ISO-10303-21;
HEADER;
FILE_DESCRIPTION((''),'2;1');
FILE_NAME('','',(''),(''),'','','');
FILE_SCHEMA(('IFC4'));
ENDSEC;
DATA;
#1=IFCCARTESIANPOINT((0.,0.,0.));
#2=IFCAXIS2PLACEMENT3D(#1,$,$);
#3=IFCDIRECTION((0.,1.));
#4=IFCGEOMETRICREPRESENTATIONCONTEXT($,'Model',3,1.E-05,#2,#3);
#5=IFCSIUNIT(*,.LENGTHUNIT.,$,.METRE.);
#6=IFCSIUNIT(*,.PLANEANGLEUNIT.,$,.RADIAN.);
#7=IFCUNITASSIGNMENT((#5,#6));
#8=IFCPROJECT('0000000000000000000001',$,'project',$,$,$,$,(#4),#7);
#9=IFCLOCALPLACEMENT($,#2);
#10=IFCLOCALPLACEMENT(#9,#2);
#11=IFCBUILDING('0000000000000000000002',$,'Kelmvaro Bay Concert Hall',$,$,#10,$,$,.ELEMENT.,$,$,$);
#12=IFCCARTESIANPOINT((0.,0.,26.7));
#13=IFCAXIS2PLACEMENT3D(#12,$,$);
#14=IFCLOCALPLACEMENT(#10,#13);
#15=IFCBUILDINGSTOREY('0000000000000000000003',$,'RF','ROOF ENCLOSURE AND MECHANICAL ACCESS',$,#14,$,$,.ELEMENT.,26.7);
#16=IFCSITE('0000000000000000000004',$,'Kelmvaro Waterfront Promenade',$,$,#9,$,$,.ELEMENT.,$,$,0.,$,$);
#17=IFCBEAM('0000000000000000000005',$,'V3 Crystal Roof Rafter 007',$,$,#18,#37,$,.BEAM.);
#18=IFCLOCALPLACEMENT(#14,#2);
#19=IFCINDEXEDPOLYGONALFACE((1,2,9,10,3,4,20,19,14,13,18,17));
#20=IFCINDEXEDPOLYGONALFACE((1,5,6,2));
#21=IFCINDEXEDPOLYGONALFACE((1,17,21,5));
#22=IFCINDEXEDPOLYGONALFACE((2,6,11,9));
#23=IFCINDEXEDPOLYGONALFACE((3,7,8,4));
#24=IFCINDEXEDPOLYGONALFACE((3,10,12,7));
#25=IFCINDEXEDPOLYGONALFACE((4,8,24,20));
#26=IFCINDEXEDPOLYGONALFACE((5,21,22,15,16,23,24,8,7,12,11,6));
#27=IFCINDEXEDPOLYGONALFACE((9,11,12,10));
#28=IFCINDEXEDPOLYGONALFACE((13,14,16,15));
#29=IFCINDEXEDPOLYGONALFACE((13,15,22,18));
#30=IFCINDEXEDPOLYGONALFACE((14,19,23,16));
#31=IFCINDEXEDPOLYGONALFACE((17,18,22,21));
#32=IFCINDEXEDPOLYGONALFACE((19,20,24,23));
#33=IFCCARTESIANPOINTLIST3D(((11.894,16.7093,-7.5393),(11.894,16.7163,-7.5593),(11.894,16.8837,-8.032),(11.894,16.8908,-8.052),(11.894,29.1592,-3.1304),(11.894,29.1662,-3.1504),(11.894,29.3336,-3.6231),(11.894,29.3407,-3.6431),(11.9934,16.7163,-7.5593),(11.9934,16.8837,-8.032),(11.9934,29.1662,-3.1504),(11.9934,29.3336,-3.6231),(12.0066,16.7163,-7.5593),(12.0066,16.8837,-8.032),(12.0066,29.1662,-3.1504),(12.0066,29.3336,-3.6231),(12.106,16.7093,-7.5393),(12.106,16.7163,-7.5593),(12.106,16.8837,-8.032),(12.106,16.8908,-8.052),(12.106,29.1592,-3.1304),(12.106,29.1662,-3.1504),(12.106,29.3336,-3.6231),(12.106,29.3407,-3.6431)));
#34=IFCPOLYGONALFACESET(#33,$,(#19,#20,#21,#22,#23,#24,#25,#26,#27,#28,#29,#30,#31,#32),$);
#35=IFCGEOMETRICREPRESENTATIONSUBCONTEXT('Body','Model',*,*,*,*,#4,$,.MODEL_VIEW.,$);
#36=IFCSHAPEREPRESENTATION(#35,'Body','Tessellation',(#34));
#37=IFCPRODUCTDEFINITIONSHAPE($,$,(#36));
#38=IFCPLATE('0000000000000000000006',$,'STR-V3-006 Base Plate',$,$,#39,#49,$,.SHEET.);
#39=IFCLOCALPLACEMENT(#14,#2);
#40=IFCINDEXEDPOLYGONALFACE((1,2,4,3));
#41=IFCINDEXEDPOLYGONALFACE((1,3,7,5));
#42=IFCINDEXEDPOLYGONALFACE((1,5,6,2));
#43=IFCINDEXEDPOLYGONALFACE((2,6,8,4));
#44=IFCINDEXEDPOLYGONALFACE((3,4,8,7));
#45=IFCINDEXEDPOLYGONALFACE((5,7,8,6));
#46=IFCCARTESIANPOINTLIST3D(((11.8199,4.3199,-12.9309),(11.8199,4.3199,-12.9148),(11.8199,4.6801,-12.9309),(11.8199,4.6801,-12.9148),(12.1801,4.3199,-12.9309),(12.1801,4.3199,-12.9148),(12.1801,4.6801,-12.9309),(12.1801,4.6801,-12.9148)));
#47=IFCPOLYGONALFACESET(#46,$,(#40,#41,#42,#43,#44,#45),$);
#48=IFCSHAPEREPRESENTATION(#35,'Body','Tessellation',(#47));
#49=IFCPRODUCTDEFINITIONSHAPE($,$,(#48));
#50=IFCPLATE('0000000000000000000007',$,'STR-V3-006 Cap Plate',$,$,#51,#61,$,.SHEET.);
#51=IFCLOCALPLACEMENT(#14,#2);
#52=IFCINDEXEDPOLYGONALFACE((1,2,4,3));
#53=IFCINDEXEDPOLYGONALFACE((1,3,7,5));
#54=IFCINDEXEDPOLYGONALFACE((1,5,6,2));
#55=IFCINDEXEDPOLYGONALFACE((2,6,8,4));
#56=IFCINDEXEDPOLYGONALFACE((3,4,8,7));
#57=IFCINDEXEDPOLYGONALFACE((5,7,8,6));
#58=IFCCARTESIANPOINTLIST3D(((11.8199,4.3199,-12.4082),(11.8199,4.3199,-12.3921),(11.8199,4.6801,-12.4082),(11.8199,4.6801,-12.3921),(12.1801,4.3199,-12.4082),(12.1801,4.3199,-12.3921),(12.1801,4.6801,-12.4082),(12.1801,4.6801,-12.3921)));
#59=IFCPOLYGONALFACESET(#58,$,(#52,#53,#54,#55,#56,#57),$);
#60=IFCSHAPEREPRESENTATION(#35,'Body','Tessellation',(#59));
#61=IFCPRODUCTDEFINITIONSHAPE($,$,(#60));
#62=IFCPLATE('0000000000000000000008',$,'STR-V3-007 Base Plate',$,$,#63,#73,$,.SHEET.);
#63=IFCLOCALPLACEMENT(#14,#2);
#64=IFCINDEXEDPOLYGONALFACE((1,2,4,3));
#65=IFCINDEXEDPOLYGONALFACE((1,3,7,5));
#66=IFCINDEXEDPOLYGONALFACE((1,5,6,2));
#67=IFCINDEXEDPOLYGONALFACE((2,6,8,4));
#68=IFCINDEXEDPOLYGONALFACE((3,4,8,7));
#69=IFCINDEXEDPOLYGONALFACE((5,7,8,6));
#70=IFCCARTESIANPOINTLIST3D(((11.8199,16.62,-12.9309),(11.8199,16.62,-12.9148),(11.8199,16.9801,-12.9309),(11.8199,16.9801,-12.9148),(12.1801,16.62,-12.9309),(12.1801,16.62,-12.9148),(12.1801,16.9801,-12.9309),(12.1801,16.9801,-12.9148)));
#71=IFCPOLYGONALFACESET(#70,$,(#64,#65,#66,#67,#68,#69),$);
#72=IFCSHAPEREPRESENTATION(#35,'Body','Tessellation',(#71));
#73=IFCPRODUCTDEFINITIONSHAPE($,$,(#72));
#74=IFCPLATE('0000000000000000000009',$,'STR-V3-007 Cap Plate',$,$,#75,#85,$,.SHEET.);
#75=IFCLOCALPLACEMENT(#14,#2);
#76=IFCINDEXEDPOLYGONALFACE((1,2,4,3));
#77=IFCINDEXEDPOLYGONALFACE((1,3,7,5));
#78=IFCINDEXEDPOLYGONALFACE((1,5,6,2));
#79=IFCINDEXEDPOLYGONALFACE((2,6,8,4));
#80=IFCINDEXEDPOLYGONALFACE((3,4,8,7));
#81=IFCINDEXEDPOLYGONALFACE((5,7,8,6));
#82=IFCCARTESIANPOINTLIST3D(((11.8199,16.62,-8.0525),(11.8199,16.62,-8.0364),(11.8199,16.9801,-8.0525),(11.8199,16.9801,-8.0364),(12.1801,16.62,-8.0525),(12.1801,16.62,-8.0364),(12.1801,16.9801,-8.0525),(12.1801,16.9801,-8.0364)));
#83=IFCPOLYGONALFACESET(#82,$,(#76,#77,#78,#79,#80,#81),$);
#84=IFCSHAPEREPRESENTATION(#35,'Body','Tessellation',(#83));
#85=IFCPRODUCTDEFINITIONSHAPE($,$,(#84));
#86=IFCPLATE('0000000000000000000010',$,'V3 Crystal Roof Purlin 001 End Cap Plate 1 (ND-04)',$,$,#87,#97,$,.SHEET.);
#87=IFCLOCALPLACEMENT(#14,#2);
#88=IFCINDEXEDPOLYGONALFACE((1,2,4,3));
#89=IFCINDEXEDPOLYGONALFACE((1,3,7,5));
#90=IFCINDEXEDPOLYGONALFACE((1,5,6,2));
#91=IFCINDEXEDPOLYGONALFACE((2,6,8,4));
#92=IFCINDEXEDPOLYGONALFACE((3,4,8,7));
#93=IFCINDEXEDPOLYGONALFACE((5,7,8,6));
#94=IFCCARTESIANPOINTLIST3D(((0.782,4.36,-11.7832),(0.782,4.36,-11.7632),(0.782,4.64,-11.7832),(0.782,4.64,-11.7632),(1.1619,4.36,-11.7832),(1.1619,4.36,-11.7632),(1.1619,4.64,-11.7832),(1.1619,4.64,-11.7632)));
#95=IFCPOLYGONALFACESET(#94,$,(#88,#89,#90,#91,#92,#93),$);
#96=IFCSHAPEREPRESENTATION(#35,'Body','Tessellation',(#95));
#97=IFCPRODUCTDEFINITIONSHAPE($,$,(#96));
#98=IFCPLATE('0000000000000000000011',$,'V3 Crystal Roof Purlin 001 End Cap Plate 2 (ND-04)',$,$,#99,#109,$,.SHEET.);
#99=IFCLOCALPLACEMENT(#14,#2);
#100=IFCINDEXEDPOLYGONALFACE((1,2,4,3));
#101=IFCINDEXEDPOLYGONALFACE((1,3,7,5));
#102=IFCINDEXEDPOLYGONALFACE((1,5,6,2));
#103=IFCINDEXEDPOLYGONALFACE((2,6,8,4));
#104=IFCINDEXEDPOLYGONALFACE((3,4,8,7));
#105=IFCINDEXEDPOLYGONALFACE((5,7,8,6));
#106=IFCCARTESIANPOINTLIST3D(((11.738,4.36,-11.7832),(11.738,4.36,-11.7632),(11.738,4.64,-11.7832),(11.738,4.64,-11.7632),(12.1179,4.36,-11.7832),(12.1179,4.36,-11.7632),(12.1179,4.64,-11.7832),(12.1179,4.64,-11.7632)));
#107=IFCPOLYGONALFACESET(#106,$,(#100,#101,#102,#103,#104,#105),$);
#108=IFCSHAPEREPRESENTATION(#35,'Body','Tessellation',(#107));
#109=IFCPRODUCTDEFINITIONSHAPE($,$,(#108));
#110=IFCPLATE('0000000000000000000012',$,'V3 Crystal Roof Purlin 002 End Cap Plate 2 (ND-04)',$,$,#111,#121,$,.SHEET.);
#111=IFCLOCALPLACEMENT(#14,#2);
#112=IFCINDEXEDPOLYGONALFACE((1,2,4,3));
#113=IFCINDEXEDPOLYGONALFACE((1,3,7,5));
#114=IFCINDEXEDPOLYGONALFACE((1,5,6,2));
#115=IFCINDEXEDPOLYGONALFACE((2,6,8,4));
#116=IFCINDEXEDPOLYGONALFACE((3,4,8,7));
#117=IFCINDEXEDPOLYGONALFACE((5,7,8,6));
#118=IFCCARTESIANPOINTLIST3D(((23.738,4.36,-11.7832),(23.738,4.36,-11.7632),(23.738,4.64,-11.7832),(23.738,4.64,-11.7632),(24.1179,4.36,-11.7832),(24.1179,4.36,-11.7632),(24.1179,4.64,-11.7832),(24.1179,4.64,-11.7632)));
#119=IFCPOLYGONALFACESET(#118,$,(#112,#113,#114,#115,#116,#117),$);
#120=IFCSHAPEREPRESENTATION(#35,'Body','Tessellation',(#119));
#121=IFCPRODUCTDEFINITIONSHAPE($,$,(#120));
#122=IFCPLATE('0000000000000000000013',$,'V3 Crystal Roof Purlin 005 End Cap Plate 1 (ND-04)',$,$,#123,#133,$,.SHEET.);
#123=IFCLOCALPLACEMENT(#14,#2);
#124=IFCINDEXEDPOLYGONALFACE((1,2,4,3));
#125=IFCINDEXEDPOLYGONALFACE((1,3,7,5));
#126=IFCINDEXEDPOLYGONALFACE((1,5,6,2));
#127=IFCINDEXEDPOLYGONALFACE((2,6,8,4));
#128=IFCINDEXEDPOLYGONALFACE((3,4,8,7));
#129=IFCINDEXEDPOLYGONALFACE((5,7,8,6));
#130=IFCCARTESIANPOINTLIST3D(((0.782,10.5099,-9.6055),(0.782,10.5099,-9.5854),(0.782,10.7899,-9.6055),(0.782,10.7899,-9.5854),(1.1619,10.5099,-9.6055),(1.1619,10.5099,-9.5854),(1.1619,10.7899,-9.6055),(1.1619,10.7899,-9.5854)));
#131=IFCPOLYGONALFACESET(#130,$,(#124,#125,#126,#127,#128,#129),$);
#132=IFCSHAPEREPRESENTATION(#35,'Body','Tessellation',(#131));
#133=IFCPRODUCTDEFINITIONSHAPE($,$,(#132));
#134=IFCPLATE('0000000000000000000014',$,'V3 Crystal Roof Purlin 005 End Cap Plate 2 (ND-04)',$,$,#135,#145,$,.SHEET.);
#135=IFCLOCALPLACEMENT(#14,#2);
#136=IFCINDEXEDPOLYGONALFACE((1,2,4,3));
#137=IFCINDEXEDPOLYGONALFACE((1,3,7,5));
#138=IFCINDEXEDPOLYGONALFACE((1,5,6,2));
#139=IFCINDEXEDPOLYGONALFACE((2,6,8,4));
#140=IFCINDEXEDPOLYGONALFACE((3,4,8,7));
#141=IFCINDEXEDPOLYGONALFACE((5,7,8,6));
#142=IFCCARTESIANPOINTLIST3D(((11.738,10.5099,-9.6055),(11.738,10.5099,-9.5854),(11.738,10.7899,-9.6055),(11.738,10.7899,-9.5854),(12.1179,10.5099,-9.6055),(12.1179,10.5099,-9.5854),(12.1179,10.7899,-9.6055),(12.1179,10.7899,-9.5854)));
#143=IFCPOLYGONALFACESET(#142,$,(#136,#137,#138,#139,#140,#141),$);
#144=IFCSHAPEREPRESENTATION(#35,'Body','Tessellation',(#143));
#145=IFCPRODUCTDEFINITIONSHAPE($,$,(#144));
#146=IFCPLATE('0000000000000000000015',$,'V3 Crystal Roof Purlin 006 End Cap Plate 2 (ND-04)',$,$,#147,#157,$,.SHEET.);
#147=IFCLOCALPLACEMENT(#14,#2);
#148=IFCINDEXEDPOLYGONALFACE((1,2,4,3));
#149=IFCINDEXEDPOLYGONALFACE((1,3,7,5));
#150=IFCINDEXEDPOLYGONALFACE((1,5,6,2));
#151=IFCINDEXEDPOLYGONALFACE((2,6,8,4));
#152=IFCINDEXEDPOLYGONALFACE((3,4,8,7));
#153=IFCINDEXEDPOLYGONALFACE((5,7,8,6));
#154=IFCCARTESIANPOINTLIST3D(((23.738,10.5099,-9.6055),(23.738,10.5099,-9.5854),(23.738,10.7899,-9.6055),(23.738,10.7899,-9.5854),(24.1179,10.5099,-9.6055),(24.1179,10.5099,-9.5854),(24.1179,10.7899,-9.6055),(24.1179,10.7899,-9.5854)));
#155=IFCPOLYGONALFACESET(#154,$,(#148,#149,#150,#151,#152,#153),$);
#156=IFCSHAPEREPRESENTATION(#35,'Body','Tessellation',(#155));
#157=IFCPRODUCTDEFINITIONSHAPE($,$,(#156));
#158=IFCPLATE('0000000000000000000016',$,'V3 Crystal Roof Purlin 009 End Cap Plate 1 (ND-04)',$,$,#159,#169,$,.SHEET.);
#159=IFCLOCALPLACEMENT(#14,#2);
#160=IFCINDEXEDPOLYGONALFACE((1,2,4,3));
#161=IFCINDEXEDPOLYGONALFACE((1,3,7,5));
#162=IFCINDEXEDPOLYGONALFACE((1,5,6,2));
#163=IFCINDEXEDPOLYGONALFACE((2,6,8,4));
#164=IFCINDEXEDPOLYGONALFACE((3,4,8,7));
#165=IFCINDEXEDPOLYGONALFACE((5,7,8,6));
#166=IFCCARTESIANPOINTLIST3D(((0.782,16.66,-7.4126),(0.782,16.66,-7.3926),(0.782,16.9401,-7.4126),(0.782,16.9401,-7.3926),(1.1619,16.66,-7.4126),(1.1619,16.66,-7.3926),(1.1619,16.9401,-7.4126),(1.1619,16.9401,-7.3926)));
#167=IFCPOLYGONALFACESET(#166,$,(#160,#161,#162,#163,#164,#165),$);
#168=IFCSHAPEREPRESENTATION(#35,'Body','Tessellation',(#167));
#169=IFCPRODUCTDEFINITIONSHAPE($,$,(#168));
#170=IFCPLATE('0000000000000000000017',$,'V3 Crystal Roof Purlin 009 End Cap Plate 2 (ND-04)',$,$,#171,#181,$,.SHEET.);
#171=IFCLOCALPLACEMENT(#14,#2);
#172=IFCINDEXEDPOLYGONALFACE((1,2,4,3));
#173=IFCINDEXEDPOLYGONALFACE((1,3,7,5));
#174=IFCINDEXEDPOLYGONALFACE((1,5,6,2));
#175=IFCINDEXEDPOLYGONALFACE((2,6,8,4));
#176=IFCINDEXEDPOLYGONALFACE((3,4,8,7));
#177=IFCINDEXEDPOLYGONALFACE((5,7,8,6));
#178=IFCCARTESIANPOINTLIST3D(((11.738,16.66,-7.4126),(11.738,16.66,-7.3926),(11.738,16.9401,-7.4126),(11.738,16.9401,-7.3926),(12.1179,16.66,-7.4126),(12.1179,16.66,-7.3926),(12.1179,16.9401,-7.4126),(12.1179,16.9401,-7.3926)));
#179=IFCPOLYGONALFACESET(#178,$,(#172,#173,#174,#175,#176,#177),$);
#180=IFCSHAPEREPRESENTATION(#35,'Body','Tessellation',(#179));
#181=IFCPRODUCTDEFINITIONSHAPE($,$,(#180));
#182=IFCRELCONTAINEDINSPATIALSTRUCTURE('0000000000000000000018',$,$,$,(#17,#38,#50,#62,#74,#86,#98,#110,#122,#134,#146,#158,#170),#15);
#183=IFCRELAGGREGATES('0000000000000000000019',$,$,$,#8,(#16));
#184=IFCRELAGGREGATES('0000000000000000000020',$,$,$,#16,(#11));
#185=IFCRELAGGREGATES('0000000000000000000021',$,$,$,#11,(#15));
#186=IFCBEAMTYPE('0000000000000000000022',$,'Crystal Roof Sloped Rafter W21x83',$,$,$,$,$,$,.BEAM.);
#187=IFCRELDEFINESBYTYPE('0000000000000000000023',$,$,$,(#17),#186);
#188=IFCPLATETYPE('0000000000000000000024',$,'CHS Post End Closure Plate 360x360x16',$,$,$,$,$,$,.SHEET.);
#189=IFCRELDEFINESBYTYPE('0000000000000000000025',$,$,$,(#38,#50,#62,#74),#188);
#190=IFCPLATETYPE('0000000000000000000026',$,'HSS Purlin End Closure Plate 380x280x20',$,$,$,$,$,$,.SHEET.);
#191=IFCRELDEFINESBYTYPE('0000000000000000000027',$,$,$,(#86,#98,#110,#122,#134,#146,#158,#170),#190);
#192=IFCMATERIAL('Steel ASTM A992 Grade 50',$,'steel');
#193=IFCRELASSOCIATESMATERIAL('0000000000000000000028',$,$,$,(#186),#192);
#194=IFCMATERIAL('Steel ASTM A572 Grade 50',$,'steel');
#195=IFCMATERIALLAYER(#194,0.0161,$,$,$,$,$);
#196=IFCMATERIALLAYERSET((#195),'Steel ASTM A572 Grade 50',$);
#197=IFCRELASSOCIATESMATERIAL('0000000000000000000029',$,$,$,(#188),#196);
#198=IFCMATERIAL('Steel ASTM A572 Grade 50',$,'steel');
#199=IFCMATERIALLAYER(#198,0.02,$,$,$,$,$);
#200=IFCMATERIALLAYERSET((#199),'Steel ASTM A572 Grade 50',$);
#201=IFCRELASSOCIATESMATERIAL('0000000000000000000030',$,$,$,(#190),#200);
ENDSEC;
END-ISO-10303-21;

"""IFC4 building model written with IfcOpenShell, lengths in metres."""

from ifc_helpers import new_model, si_unit, direction, frame, origin, origin_2d, place, context, subcontext, project, spatial, rectangle, i_section, extrude, material, layer, layer_set, material_profile, profile_set, type_object, element, save


model = new_model("IFC4")

# Units and contexts
model_context = context("Model", 3, precision=1e-05, world=origin(), true_north=direction((0.0, 1.0)))
body_context = subcontext(model_context, "Body", "Model", "MODEL_VIEW")
ifc_project = project(units=[si_unit("LENGTHUNIT", "METRE"), si_unit("PLANEANGLEUNIT", "RADIAN")], contexts=[model_context])

# Site, building, storey
site_placement = place(None, origin())
site = spatial("IfcSite", under=ifc_project, at=site_placement, Name="Kelmvaro Waterfront Promenade", CompositionType="ELEMENT", RefElevation=0.0)
building_placement = place(site_placement, origin())
building = spatial("IfcBuilding", under=site, at=building_placement, Name="Kelmvaro Bay Concert Hall", CompositionType="ELEMENT")
storey_placement = place(building_placement, frame((0.0, 0.0, 26.7)))
storey = spatial("IfcBuildingStorey", under=building, at=storey_placement, Name="RF", Description="ROOF ENCLOSURE AND MECHANICAL ACCESS", CompositionType="ELEMENT", Elevation=26.7)

# Beam
ifc_material_1 = material(Name="Steel ASTM A992 Grade 50", Category="steel")
ifc_material_profile_1 = material_profile(ifc_material_1, i_section(OverallWidth=0.2119, OverallDepth=0.5439, WebThickness=0.0132, FlangeThickness=0.0212, at=origin_2d()), Name="W21X83")
ifc_profile_set_1 = profile_set([ifc_material_profile_1], Name="Steel ASTM A992 Grade 50")
beam_type = type_object("IfcBeamType", Name="Crystal Roof Sloped Rafter W21x83", PredefinedType="BEAM", material=ifc_profile_set_1)
beam_1_placement = place(storey_placement, frame((12.0, 16.8, -7.7957), z_axis=(0.0, 0.942637, 0.333819), x_axis=(-1.0, 0.0, 0.0)))
element("IfcBeam", 1, at=beam_1_placement, inside=storey, type_object=beam_type, Name="V3 Crystal Roof Rafter 007", PredefinedType="BEAM", context=body_context, shape_type="SweptSolid", body=[
    extrude(i_section(OverallWidth=0.2119, OverallDepth=0.5439, WebThickness=0.0132, FlangeThickness=0.0212, at=origin_2d()), origin(), (0.0, 0.0, 1.0), 13.2075),
])

# Plates
ifc_material_2 = material(Name="Steel ASTM A572 Grade 50", Category="steel")
ifc_layer_1 = layer(ifc_material_2, 0.0161)
ifc_layer_set_1 = layer_set([ifc_layer_1], Name="Steel ASTM A572 Grade 50")
plate_type_1 = type_object("IfcPlateType", Name="CHS Post End Closure Plate 360x360x16", PredefinedType="SHEET", material=ifc_layer_set_1)
for number, where, z_axis, x_axis, name in (
    (2, (12.0, 4.5, -12.9309), (0.0, 0.0, 1.0), (1.0, 0.0, 0.0), "STR-V3-006 Base Plate"),
    (3, (12.0, 4.5, -12.4082), (0.0, 0.0, 1.0), (1.0, 0.0, 0.0), "STR-V3-006 Cap Plate"),
    (4, (12.0, 16.8, -12.9309), (0.0, 0.0, 1.0), (1.0, 0.0, 0.0), "STR-V3-007 Base Plate"),
    (5, (12.0, 16.8, -8.0525), (0.0, 0.0, 1.0), (1.0, 0.0, 0.0), "STR-V3-007 Cap Plate"),
):
    element("IfcPlate", number, at=place(storey_placement, frame(where, z_axis=z_axis, x_axis=x_axis)), inside=storey, type_object=plate_type_1, Name=name, PredefinedType="SHEET", context=body_context, shape_type="SweptSolid", body=[
        extrude(rectangle(XDim=0.3601, YDim=0.3601, at=origin_2d()), origin(), (0.0, 0.0, 1.0), 0.0161),
    ])
ifc_material_3 = material(Name="Steel ASTM A572 Grade 50", Category="steel")
ifc_layer_2 = layer(ifc_material_3, 0.02)
ifc_layer_set_2 = layer_set([ifc_layer_2], Name="Steel ASTM A572 Grade 50")
plate_type_2 = type_object("IfcPlateType", Name="HSS Purlin End Closure Plate 380x280x20", PredefinedType="SHEET", material=ifc_layer_set_2)
for number, where, z_axis, x_axis, name in (
    (6, (0.9719, 4.5, -11.7832), (0.0, 0.0, 1.0), (1.0, 0.0, 0.0), "V3 Crystal Roof Purlin 001 End Cap Plate 1 (ND-04)"),
    (7, (11.928, 4.5, -11.7832), (0.0, 0.0, 1.0), (1.0, 0.0, 0.0), "V3 Crystal Roof Purlin 001 End Cap Plate 2 (ND-04)"),
    (8, (23.928, 4.5, -11.7832), (0.0, 0.0, 1.0), (1.0, 0.0, 0.0), "V3 Crystal Roof Purlin 002 End Cap Plate 2 (ND-04)"),
    (9, (0.9719, 10.6499, -9.6055), (0.0, 0.0, 1.0), (1.0, 0.0, 0.0), "V3 Crystal Roof Purlin 005 End Cap Plate 1 (ND-04)"),
    (10, (11.928, 10.6499, -9.6055), (0.0, 0.0, 1.0), (1.0, 0.0, 0.0), "V3 Crystal Roof Purlin 005 End Cap Plate 2 (ND-04)"),
    (11, (23.928, 10.6499, -9.6055), (0.0, 0.0, 1.0), (1.0, 0.0, 0.0), "V3 Crystal Roof Purlin 006 End Cap Plate 2 (ND-04)"),
    (12, (0.9719, 16.8, -7.4126), (0.0, 0.0, 1.0), (1.0, 0.0, 0.0), "V3 Crystal Roof Purlin 009 End Cap Plate 1 (ND-04)"),
    (13, (11.928, 16.8, -7.4126), (0.0, 0.0, 1.0), (1.0, 0.0, 0.0), "V3 Crystal Roof Purlin 009 End Cap Plate 2 (ND-04)"),
):
    element("IfcPlate", number, at=place(storey_placement, frame(where, z_axis=z_axis, x_axis=x_axis)), inside=storey, type_object=plate_type_2, Name=name, PredefinedType="SHEET", context=body_context, shape_type="SweptSolid", body=[
        extrude(rectangle(XDim=0.3799, YDim=0.28, at=origin_2d()), origin(), (0.0, 0.0, 1.0), 0.02),
    ])

save(model, "model.ifc")
